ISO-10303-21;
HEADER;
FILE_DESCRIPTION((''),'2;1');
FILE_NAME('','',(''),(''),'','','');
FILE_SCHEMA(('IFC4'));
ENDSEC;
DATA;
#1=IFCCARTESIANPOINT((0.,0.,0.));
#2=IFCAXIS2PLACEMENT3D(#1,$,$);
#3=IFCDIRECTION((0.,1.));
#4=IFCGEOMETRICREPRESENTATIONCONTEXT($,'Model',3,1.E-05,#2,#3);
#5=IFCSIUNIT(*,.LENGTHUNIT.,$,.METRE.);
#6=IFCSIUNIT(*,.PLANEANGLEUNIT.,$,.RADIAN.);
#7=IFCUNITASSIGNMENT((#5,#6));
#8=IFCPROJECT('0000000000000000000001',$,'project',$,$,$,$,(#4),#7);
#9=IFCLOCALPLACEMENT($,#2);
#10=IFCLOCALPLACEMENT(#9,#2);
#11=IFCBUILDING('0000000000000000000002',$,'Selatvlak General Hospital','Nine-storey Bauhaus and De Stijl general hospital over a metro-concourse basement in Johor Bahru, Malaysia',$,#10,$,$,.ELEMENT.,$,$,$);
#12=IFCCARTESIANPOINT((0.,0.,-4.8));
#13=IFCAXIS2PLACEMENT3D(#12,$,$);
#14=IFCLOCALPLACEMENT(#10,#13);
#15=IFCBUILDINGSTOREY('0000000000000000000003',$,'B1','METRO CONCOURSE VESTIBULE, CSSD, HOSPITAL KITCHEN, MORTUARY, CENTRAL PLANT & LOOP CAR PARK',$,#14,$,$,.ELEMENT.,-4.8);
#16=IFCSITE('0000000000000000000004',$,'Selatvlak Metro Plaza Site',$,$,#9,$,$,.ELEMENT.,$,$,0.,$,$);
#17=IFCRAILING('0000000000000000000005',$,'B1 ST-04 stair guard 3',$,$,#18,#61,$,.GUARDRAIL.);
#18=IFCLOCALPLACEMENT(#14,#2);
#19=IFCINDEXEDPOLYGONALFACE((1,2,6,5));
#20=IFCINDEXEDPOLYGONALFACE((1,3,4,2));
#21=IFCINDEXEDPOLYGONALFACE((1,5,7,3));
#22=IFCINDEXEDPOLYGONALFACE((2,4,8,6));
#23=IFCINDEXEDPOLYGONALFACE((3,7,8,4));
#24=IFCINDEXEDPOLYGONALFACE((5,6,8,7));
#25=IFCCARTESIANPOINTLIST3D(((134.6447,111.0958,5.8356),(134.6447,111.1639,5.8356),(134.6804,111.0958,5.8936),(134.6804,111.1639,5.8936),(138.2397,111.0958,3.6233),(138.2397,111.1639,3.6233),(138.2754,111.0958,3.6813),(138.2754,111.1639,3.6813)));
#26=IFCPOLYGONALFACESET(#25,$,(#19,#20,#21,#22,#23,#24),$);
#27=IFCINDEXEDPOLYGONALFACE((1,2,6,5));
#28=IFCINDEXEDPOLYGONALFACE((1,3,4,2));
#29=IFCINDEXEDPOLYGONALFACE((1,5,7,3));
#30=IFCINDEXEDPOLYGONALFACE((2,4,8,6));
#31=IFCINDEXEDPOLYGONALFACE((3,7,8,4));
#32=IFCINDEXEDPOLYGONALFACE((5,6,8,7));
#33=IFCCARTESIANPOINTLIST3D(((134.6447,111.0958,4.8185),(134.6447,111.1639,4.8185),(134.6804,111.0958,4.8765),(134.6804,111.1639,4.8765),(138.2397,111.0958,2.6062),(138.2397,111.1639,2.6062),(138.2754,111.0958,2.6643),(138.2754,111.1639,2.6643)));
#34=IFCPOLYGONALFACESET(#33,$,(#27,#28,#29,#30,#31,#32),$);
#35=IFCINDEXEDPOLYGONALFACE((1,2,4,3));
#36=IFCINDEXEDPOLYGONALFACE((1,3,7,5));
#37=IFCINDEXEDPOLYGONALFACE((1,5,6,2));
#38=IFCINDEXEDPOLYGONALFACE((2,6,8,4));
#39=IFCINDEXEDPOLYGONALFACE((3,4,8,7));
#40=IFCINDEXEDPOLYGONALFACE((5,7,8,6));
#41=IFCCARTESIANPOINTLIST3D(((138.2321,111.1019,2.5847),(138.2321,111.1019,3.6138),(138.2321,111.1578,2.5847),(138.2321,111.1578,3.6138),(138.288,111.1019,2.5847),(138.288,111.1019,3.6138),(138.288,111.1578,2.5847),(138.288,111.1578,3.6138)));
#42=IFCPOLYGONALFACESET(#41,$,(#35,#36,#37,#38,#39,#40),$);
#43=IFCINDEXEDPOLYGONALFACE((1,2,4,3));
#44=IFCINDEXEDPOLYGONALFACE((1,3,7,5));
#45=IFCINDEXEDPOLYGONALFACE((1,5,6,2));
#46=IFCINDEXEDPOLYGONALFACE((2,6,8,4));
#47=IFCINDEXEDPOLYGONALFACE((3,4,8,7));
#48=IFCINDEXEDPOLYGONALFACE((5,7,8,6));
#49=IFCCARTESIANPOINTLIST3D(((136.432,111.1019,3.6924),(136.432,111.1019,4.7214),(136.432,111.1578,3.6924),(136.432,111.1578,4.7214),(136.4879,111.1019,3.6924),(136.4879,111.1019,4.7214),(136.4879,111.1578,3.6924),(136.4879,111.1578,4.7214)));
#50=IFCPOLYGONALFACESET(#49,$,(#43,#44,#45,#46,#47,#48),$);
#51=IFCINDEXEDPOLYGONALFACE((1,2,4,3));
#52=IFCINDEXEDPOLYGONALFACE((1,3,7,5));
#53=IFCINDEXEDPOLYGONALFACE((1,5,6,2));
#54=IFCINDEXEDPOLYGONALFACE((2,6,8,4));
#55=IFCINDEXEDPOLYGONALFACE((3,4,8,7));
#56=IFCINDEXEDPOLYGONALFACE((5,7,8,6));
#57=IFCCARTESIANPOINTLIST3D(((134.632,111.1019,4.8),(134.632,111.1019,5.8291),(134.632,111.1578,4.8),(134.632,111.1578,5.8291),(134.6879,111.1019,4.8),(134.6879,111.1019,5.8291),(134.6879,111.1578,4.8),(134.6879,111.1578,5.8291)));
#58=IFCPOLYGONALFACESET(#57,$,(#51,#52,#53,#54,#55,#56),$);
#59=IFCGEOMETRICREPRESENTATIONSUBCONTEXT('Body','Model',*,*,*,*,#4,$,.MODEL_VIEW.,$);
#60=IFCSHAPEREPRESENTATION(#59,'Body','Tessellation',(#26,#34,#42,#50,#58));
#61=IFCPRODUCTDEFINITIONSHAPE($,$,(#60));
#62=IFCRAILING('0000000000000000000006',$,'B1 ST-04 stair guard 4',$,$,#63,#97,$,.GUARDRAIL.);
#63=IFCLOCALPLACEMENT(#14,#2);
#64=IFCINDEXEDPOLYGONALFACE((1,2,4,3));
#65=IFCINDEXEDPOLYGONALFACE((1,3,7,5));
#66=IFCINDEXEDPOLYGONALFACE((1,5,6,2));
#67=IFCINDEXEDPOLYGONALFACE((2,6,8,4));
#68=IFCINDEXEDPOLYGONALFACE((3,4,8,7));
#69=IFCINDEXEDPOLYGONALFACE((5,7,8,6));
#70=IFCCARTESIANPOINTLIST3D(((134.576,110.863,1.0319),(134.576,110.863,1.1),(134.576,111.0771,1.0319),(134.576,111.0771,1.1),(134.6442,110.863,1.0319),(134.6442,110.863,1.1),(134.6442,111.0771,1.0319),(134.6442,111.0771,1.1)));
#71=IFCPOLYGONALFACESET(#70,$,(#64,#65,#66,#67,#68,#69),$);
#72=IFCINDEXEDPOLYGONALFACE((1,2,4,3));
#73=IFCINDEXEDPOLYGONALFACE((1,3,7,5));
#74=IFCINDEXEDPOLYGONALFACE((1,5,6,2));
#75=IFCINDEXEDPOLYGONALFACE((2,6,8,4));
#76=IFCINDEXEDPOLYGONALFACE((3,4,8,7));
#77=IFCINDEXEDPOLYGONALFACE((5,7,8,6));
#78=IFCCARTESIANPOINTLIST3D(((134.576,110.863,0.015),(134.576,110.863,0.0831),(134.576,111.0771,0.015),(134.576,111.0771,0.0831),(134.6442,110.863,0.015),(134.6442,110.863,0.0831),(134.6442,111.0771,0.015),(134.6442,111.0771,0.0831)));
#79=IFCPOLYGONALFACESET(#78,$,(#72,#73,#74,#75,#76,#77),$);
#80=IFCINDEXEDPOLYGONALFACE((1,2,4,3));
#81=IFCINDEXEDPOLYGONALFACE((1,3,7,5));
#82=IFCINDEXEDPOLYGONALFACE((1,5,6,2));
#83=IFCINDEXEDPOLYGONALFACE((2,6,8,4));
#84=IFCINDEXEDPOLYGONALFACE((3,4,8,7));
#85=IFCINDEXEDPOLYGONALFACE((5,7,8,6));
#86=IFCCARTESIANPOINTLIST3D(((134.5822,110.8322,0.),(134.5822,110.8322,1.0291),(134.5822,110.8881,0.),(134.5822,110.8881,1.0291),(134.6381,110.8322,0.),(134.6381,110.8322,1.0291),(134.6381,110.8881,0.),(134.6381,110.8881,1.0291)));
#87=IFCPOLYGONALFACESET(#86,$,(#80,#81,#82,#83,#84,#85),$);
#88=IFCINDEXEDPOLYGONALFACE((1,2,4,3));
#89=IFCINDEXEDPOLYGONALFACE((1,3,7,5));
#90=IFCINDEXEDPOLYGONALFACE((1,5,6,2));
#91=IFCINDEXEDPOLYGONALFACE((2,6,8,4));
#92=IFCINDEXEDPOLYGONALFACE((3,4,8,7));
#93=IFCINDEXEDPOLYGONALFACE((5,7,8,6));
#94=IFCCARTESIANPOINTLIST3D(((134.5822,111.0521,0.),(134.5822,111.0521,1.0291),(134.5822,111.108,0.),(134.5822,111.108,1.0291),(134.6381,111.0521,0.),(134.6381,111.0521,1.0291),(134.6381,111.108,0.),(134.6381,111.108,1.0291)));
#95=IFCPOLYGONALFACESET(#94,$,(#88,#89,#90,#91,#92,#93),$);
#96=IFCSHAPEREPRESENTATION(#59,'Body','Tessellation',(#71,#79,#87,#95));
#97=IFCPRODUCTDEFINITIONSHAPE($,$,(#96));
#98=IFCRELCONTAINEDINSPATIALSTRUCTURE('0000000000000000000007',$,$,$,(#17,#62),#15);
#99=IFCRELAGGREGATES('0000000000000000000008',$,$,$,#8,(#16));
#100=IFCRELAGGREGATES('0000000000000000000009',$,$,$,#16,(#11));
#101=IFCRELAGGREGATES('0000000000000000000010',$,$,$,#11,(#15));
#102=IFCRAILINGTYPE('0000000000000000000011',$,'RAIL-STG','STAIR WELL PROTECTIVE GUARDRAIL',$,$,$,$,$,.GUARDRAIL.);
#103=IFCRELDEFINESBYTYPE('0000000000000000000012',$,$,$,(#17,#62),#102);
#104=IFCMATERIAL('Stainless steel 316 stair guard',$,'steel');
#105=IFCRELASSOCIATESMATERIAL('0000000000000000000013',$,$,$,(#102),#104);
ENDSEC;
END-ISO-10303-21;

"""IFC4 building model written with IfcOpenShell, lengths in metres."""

from ifc_helpers import new_model, si_unit, direction, frame, origin, origin_2d, place, context, subcontext, project, spatial, rectangle, extrude, material, type_object, element, save


model = new_model("IFC4")

# Units and contexts
model_context = context("Model", 3, precision=1e-05, world=origin(), true_north=direction((0.0, 1.0)))
body_context = subcontext(model_context, "Body", "Model", "MODEL_VIEW")
ifc_project = project(units=[si_unit("LENGTHUNIT", "METRE"), si_unit("PLANEANGLEUNIT", "RADIAN")], contexts=[model_context])

# Site, building, storey
site_placement = place(None, origin())
site = spatial("IfcSite", under=ifc_project, at=site_placement, Name="Selatvlak Metro Plaza Site", CompositionType="ELEMENT", RefElevation=0.0)
building_placement = place(site_placement, origin())
building = spatial("IfcBuilding", under=site, at=building_placement, Name="Selatvlak General Hospital", Description="Nine-storey Bauhaus and De Stijl general hospital over a metro-concourse basement in Johor Bahru, Malaysia", CompositionType="ELEMENT")
storey_placement = place(building_placement, frame((0.0, 0.0, -4.8)))
storey = spatial("IfcBuildingStorey", under=building, at=storey_placement, Name="B1", Description="METRO CONCOURSE VESTIBULE, CSSD, HOSPITAL KITCHEN, MORTUARY, CENTRAL PLANT & LOOP CAR PARK", CompositionType="ELEMENT", Elevation=-4.8)

# Railings
ifc_material_1 = material(Name="Stainless steel 316 stair guard", Category="steel")
railing_type_1 = type_object("IfcRailingType", Name="RAIL-STG", Description="STAIR WELL PROTECTIVE GUARDRAIL", PredefinedType="GUARDRAIL", material=ifc_material_1)
railing_1_placement = place(storey_placement, frame((138.26, 111.1299, 2.5847)))
element("IfcRailing", 1, at=railing_1_placement, inside=storey, type_object=railing_type_1, Name="B1 ST-04 stair guard 3", PredefinedType="GUARDRAIL", context=body_context, shape_type="SweptSolid", body=[
    extrude(rectangle(XDim=0.0681, YDim=0.0681, at=origin_2d()), frame((-0.0024, 0.0, 1.0676), z_axis=(-0.85167, 0.0, 0.524078), x_axis=(0.0, -1.0, 0.0)), (0.0, 0.0, 1.0), 4.2212),
    extrude(rectangle(XDim=0.0681, YDim=0.0681, at=origin_2d()), frame((-0.0024, 0.0, 0.0505), z_axis=(-0.85167, 0.0, 0.524078), x_axis=(0.0, -1.0, 0.0)), (0.0, 0.0, 1.0), 4.2212),
    extrude(rectangle(XDim=0.0559, YDim=0.0559, at=origin_2d()), origin(), (0.0, 0.0, 1.0), 1.0291),
    extrude(rectangle(XDim=0.0559, YDim=0.0559, at=origin_2d()), frame((-1.8, 0.0, 1.1077)), (0.0, 0.0, 1.0), 1.0291),
    extrude(rectangle(XDim=0.0559, YDim=0.0559, at=origin_2d()), frame((-3.6001, 0.0, 2.2153)), (0.0, 0.0, 1.0), 1.0291),
])
railing_2_placement = place(storey_placement, frame((134.6101, 110.8601, 0.0)))
element("IfcRailing", 2, at=railing_2_placement, inside=storey, type_object=railing_type_1, Name="B1 ST-04 stair guard 4", PredefinedType="GUARDRAIL", context=body_context, shape_type="SweptSolid", body=[
    extrude(rectangle(XDim=0.0681, YDim=0.0681, at=origin_2d()), frame((0.0, 0.0029, 1.0659), z_axis=(0.0, 1.0, 0.0), x_axis=(-1.0, 0.0, 0.0)), (0.0, 0.0, 1.0), 0.2141),
    extrude(rectangle(XDim=0.0681, YDim=0.0681, at=origin_2d()), frame((0.0, 0.0029, 0.0491), z_axis=(0.0, 1.0, 0.0), x_axis=(-1.0, 0.0, 0.0)), (0.0, 0.0, 1.0), 0.2141),
    extrude(rectangle(XDim=0.0559, YDim=0.0559, at=origin_2d()), origin(), (0.0, 0.0, 1.0), 1.0291),
    extrude(rectangle(XDim=0.0559, YDim=0.0559, at=origin_2d()), frame((0.0, 0.22, 0.0)), (0.0, 0.0, 1.0), 1.0291),
])

save(model, "model.ifc")
